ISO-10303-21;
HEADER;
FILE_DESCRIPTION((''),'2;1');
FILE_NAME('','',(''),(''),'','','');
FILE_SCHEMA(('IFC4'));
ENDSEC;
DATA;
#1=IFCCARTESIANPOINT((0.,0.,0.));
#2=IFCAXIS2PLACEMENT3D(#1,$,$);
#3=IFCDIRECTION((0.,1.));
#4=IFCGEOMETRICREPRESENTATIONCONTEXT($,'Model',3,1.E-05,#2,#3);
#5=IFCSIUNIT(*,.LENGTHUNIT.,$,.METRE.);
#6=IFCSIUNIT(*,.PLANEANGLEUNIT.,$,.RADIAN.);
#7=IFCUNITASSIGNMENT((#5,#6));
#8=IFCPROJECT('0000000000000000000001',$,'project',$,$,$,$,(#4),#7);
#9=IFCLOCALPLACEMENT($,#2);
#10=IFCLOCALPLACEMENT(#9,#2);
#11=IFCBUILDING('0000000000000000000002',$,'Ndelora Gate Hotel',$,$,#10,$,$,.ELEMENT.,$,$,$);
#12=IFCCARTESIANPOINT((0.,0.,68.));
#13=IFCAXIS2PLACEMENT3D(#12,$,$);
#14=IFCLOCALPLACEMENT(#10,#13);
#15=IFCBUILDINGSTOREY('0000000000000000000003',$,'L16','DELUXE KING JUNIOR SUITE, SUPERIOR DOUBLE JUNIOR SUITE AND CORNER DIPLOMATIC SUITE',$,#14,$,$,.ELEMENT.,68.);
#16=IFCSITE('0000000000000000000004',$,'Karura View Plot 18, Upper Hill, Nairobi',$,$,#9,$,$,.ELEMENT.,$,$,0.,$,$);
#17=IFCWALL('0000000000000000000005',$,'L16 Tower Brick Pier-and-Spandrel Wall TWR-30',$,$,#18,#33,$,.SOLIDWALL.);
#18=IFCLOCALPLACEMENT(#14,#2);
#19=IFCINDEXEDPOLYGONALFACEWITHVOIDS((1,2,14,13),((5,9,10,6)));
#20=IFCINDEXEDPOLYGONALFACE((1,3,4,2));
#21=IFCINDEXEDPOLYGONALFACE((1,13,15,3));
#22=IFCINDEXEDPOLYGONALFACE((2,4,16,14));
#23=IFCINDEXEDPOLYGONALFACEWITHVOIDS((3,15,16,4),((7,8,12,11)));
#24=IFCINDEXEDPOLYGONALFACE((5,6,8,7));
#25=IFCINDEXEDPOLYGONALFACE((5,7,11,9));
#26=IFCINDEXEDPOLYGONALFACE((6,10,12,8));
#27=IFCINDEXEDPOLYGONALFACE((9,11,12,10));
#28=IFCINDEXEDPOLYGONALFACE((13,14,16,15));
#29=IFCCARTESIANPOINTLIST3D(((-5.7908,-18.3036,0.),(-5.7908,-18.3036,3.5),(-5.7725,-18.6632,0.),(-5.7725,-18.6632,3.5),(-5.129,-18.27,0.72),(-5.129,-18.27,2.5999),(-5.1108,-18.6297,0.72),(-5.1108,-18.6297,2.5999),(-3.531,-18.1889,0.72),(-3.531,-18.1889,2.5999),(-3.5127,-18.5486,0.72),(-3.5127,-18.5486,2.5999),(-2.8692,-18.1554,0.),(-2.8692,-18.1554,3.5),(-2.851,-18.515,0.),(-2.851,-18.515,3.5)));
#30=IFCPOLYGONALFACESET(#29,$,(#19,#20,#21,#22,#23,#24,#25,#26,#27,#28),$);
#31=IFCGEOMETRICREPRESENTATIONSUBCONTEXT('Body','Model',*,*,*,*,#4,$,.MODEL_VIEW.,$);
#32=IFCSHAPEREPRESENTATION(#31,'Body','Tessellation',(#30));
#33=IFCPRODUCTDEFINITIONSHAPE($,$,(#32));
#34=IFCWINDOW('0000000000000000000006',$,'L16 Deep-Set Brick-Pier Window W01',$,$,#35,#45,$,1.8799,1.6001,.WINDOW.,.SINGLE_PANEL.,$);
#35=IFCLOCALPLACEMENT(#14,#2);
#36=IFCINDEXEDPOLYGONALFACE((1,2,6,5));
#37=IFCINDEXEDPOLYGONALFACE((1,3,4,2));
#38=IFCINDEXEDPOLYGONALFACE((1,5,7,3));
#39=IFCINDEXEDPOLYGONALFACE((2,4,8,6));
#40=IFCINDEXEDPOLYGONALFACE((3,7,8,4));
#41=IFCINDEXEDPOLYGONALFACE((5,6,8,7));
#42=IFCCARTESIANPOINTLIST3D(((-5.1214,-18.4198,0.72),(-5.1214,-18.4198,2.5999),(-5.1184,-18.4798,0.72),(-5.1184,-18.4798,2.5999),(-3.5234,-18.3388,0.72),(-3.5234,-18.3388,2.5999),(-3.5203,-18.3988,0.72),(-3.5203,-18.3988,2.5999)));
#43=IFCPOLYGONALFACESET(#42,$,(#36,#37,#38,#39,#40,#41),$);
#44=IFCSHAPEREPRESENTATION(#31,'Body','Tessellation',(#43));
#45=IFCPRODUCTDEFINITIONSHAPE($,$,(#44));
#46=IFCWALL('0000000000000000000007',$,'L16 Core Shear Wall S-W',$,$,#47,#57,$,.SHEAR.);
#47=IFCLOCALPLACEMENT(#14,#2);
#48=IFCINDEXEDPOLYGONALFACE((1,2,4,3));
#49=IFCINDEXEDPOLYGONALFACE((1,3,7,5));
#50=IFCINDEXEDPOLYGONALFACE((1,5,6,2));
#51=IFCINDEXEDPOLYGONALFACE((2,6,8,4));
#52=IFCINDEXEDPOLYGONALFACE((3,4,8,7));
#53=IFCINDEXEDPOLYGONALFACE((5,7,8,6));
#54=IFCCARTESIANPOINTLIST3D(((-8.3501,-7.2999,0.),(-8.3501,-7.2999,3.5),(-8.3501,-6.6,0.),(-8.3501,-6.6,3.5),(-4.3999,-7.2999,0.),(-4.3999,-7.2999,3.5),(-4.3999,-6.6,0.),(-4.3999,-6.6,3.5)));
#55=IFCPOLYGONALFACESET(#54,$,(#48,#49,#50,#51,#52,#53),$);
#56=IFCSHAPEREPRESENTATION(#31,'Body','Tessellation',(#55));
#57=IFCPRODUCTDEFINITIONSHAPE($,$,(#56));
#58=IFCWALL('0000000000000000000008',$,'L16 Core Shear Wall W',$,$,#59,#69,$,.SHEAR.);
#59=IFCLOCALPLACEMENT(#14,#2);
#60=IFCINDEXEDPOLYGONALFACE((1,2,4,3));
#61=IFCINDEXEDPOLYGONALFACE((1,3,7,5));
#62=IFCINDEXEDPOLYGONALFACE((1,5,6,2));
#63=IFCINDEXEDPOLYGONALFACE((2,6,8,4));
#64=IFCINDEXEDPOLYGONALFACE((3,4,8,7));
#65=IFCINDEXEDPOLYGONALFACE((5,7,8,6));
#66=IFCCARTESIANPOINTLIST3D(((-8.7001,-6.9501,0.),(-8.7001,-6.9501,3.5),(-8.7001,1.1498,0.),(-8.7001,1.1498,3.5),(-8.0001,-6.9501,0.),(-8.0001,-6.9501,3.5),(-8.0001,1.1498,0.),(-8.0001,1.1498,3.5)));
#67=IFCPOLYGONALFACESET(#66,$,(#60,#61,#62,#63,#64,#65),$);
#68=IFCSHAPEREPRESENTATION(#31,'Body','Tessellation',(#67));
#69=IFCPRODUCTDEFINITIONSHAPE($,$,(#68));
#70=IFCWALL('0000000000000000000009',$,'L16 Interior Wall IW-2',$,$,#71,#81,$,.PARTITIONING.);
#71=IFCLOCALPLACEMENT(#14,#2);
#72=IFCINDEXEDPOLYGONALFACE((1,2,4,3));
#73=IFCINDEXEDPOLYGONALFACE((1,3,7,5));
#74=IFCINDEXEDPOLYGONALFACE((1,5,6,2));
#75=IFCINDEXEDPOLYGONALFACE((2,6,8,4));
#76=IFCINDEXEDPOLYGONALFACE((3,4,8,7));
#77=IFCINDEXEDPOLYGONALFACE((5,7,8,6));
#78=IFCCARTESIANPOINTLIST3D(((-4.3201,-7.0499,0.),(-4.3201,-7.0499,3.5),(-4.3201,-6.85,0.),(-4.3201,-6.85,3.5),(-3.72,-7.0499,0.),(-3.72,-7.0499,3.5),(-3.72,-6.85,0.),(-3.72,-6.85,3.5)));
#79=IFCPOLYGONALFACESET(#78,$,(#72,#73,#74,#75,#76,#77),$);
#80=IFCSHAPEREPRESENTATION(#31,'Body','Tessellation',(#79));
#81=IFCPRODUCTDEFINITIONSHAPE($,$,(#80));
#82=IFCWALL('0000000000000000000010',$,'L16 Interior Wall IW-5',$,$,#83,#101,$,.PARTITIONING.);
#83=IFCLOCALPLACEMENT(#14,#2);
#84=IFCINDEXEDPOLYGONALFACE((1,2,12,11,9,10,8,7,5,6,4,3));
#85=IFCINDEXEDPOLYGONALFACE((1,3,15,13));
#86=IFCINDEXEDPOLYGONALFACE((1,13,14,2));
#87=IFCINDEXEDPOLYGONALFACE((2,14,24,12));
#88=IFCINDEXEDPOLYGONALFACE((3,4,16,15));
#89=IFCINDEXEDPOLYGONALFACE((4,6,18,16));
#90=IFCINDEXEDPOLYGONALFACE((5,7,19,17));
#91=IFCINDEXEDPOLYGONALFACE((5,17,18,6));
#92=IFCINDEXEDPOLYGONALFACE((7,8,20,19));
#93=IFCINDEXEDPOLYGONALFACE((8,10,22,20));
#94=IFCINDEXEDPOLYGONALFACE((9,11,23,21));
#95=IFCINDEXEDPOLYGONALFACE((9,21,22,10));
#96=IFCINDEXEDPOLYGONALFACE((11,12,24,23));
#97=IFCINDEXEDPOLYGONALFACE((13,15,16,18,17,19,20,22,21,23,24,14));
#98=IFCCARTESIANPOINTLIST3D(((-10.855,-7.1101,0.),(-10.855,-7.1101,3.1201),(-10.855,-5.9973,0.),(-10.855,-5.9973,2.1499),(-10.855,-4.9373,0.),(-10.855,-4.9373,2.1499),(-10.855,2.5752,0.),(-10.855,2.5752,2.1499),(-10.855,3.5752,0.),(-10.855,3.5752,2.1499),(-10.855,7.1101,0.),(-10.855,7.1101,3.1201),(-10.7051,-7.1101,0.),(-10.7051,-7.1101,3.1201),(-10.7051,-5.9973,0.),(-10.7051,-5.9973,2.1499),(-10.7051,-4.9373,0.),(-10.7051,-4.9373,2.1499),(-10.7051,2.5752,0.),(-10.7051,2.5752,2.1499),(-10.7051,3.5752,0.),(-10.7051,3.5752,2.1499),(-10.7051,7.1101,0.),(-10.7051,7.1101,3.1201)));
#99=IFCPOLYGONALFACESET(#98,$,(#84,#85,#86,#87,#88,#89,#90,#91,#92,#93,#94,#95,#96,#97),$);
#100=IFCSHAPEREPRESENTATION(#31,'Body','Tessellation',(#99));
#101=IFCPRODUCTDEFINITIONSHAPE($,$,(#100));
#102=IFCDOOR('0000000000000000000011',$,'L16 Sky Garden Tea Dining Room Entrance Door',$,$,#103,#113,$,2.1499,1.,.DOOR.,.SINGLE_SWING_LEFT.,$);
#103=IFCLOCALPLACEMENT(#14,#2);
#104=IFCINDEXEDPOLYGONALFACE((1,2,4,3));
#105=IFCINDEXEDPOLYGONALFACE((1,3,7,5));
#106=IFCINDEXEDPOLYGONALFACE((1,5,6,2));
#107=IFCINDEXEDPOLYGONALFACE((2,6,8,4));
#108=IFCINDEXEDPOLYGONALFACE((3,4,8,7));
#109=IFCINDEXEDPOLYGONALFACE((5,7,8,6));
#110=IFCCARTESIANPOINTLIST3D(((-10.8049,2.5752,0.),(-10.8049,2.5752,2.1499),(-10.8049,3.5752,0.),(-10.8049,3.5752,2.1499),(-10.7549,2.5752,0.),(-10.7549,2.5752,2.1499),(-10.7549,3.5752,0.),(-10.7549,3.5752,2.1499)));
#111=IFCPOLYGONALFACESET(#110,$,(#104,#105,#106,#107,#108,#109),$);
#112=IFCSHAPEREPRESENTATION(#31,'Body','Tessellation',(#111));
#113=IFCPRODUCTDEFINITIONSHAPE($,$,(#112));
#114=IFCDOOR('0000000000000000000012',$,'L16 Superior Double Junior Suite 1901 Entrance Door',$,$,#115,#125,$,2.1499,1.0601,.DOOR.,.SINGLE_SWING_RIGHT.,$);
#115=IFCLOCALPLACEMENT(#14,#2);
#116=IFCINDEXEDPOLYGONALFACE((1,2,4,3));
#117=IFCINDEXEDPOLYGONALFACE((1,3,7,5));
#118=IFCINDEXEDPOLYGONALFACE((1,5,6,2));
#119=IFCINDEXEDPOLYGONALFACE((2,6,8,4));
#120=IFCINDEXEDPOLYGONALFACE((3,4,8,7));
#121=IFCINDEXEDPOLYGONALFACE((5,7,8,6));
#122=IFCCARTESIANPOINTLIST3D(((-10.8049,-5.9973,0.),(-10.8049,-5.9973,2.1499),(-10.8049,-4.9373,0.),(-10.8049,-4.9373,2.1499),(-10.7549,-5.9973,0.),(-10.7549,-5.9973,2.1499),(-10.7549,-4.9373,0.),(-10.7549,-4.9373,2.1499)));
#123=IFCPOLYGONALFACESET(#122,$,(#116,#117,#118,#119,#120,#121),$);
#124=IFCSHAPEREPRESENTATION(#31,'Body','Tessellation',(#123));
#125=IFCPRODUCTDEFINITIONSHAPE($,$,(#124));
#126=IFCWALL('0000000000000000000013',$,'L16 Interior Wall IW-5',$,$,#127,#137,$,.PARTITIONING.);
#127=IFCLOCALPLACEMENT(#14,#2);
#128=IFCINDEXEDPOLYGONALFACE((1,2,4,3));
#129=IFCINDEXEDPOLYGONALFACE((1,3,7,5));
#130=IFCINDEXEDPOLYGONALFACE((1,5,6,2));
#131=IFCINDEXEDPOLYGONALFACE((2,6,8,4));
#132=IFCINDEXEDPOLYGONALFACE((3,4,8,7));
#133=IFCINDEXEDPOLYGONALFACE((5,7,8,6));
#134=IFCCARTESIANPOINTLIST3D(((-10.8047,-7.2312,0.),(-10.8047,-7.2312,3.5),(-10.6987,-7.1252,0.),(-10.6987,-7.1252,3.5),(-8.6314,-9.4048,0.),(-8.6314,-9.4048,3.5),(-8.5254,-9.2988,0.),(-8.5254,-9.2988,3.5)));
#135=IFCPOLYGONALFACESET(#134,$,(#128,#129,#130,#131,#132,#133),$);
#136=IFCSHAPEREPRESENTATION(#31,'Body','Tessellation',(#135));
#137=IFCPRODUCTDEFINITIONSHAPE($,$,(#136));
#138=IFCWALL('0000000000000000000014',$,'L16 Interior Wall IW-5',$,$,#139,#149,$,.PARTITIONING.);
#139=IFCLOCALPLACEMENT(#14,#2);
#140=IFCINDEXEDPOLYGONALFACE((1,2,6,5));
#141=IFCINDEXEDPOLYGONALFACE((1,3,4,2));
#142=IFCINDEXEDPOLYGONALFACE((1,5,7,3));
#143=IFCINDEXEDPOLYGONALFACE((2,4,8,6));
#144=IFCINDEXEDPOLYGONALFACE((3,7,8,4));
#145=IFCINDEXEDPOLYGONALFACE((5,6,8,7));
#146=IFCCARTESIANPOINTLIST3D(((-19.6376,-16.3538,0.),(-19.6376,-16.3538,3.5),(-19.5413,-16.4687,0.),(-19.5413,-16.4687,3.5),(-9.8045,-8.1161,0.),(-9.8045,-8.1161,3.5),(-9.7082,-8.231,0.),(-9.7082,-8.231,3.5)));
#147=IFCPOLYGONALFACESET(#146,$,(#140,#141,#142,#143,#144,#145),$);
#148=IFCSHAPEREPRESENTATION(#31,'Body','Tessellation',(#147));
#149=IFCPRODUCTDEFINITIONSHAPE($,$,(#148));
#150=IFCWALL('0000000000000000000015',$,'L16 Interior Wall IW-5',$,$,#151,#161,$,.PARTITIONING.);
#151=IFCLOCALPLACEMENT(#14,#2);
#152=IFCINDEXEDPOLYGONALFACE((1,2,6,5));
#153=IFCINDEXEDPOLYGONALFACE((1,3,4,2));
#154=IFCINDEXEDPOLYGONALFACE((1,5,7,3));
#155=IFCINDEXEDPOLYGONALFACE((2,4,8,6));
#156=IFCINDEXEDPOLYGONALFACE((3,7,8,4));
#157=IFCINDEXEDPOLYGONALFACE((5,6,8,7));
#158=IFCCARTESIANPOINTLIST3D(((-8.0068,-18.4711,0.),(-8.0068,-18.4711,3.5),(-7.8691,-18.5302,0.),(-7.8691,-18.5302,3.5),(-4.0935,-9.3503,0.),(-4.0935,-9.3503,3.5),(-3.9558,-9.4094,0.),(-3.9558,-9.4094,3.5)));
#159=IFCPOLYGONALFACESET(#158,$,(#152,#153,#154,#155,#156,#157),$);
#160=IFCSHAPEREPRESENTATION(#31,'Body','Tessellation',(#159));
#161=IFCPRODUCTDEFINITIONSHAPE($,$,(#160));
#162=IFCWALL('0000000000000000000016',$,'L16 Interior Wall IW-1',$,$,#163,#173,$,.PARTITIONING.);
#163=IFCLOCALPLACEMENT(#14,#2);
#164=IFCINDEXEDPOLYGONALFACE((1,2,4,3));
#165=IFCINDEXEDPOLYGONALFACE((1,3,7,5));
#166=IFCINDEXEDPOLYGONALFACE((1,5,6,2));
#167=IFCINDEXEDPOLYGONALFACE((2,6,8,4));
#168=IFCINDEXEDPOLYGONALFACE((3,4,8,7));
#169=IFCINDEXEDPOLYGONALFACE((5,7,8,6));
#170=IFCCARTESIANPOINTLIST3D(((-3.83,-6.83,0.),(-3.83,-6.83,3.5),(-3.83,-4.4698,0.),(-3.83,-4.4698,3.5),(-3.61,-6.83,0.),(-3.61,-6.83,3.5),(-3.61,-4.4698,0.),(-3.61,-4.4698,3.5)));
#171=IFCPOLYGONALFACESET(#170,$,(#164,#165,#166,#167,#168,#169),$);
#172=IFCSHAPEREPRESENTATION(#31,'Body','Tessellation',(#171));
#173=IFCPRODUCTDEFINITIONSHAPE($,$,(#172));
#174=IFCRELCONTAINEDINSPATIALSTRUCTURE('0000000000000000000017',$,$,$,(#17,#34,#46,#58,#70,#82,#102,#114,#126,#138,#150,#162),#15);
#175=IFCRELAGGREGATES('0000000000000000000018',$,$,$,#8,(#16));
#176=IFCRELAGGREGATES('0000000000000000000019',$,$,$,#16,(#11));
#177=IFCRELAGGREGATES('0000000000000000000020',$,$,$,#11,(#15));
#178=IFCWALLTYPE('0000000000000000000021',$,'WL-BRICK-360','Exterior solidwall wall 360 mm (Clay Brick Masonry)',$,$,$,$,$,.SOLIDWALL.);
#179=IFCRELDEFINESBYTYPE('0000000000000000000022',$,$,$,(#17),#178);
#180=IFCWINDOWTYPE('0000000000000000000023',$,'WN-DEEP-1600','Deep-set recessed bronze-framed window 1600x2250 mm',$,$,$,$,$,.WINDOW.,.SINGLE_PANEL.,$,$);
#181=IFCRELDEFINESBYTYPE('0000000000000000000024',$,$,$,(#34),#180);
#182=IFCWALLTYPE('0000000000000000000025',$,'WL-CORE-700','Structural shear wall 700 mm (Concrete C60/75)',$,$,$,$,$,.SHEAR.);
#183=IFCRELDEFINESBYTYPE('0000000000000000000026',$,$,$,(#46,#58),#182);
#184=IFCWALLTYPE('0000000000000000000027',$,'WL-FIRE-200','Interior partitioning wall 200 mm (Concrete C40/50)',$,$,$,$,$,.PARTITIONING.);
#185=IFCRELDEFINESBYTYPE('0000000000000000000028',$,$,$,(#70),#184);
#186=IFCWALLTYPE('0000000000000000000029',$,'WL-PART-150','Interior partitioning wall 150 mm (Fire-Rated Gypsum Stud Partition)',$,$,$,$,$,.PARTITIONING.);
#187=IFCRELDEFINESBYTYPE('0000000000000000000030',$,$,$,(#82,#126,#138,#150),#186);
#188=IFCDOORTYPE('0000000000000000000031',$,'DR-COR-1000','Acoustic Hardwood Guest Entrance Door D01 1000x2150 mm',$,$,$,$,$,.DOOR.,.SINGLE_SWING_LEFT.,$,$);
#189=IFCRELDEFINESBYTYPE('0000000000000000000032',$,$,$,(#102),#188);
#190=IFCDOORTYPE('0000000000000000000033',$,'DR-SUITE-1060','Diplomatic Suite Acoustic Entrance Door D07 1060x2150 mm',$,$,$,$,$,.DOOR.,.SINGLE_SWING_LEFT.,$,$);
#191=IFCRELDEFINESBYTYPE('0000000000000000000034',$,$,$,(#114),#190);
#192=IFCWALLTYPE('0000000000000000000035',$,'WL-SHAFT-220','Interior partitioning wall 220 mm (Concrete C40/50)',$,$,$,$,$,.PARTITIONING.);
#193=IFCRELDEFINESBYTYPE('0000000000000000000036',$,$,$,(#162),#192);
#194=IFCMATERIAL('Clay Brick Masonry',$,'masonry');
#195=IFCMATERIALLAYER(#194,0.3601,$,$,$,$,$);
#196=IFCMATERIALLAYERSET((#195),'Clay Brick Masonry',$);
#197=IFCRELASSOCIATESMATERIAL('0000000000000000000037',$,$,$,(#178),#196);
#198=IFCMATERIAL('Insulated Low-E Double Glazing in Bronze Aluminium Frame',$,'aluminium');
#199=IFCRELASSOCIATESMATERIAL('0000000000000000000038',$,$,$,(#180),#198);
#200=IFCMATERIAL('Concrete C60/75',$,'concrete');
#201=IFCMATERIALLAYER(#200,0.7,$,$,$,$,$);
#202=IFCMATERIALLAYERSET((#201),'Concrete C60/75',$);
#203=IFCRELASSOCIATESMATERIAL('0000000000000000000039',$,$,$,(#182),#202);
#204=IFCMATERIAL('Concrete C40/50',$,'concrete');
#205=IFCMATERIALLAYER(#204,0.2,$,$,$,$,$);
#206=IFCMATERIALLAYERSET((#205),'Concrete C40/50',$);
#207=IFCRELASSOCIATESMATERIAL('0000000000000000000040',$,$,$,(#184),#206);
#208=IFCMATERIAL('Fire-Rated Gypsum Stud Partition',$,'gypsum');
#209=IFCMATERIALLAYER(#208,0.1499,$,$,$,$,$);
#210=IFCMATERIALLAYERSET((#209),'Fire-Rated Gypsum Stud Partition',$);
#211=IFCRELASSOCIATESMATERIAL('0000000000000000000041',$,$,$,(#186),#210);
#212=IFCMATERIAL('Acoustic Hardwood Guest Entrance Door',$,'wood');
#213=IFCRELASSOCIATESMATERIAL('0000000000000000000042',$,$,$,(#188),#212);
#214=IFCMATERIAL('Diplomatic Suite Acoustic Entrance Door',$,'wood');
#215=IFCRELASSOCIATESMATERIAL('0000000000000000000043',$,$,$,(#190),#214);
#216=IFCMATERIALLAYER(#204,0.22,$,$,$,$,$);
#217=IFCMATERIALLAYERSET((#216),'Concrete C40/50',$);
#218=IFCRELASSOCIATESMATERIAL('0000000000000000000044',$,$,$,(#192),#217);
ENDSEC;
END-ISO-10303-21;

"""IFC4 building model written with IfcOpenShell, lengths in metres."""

from ifc_helpers import new_model, si_unit, direction, frame, frame_2d, origin, place, context, subcontext, project, spatial, rectangle, extrude, material, layer, layer_set, type_object, element, fill, save


model = new_model("IFC4")

# Units and contexts
model_context = context("Model", 3, precision=1e-05, world=origin(), true_north=direction((0.0, 1.0)))
body_context = subcontext(model_context, "Body", "Model", "MODEL_VIEW")
ifc_project = project(units=[si_unit("LENGTHUNIT", "METRE"), si_unit("PLANEANGLEUNIT", "RADIAN")], contexts=[model_context])

# Site, building, storey
site_placement = place(None, origin())
site = spatial("IfcSite", under=ifc_project, at=site_placement, Name="Karura View Plot 18, Upper Hill, Nairobi", CompositionType="ELEMENT", RefElevation=0.0)
building_placement = place(site_placement, origin())
building = spatial("IfcBuilding", under=site, at=building_placement, Name="Ndelora Gate Hotel", CompositionType="ELEMENT")
storey_placement = place(building_placement, frame((0.0, 0.0, 68.0)))
storey = spatial("IfcBuildingStorey", under=building, at=storey_placement, Name="L16", Description="DELUXE KING JUNIOR SUITE, SUPERIOR DOUBLE JUNIOR SUITE AND CORNER DIPLOMATIC SUITE", CompositionType="ELEMENT", Elevation=68.0)

# Shared definitions
ifc_material_1 = material(Name="Concrete C60/75", Category="concrete")

# Wall, opening, window
ifc_material_2 = material(Name="Clay Brick Masonry", Category="masonry")
ifc_layer_1 = layer(ifc_material_2, 0.3601)
ifc_layer_set_1 = layer_set([ifc_layer_1], Name="Clay Brick Masonry")
wall_type_1 = type_object("IfcWallType", Name="WL-BRICK-360", Description="Exterior solidwall wall 360 mm (Clay Brick Masonry)", PredefinedType="SOLIDWALL", material=ifc_layer_set_1)
ifc_material_3 = material(Name="Insulated Low-E Double Glazing in Bronze Aluminium Frame", Category="aluminium")
window_type_1 = type_object("IfcWindowType", Name="WN-DEEP-1600", Description="Deep-set recessed bronze-framed window 1600x2250 mm", PartitioningType="SINGLE_PANEL", PredefinedType="WINDOW", material=ifc_material_3)
wall_1_placement = place(storey_placement, frame((-2.8601, -18.3352, 0.0), z_axis=(0.0, 0.0, 1.0), x_axis=(-0.998716, -0.050658, 0.0)))
wall_1 = element("IfcWall", 1, at=wall_1_placement, inside=storey, type_object=wall_type_1, Name="L16 Tower Brick Pier-and-Spandrel Wall TWR-30", PredefinedType="SOLIDWALL", context=body_context, shape_type="SweptSolid", body=[
    extrude(rectangle(XDim=2.9253, YDim=0.3601, at=frame_2d((1.4626, 0.0))), origin(), (0.0, 0.0, 1.0), 3.5),
])
opening_1_placement = place(wall_1_placement, frame((0.6626, 0.0, 0.72)))
opening_1 = element("IfcOpeningElement", 2, at=opening_1_placement, cuts=wall_1, PredefinedType="OPENING", context=body_context, shape_type="SweptSolid", body=[
    extrude(rectangle(XDim=1.6001, YDim=1.8799, at=frame_2d((0.8, 0.9399))), frame((0.0, 0.1899, 0.0), z_axis=(0.0, -1.0, 0.0), x_axis=(1.0, 0.0, 0.0)), (0.0, 0.0, 1.0), 0.3801),
])
window_1_placement = place(opening_1_placement, origin())
window_1 = element("IfcWindow", 3, at=window_1_placement, inside=storey, type_object=window_type_1, Name="L16 Deep-Set Brick-Pier Window W01", OverallHeight=1.8799, OverallWidth=1.6001, PartitioningType="SINGLE_PANEL", PredefinedType="WINDOW", context=body_context, shape_type="SweptSolid", body=[
    extrude(rectangle(XDim=1.6001, YDim=1.8799, at=frame_2d((0.8, 0.9399))), frame((0.0, 0.03, 0.0), z_axis=(0.0, -1.0, 0.0), x_axis=(1.0, 0.0, 0.0)), (0.0, 0.0, 1.0), 0.0601),
])
fill(opening_1, window_1)

# Walls
ifc_layer_2 = layer(ifc_material_1, 0.7)
ifc_layer_set_2 = layer_set([ifc_layer_2], Name="Concrete C60/75")
wall_type_2 = type_object("IfcWallType", Name="WL-CORE-700", Description="Structural shear wall 700 mm (Concrete C60/75)", PredefinedType="SHEAR", material=ifc_layer_set_2)
wall_2_placement = place(storey_placement, frame((-8.3501, -6.95, 0.0), z_axis=(0.0, 0.0, 1.0), x_axis=(1.0, 0.0, 0.0)))
element("IfcWall", 4, at=wall_2_placement, inside=storey, type_object=wall_type_2, Name="L16 Core Shear Wall S-W", PredefinedType="SHEAR", context=body_context, shape_type="SweptSolid", body=[
    extrude(rectangle(XDim=3.9502, YDim=0.7, at=frame_2d((1.9751, 0.0))), origin(), (0.0, 0.0, 1.0), 3.5),
])
wall_3_placement = place(storey_placement, frame((-8.3501, -6.95, 0.0), z_axis=(0.0, 0.0, 1.0), x_axis=(0.0, 1.0, 0.0)))
element("IfcWall", 5, at=wall_3_placement, inside=storey, type_object=wall_type_2, Name="L16 Core Shear Wall W", PredefinedType="SHEAR", context=body_context, shape_type="SweptSolid", body=[
    extrude(rectangle(XDim=8.0999, YDim=0.7, at=frame_2d((4.0498, 0.0))), origin(), (0.0, 0.0, 1.0), 3.5),
])
ifc_material_4 = material(Name="Concrete C40/50", Category="concrete")
ifc_layer_3 = layer(ifc_material_4, 0.2)
ifc_layer_set_3 = layer_set([ifc_layer_3], Name="Concrete C40/50")
wall_type_3 = type_object("IfcWallType", Name="WL-FIRE-200", Description="Interior partitioning wall 200 mm (Concrete C40/50)", PredefinedType="PARTITIONING", material=ifc_layer_set_3)
wall_4_placement = place(storey_placement, frame((-4.3201, -6.95, 0.0), z_axis=(0.0, 0.0, 1.0), x_axis=(1.0, 0.0, 0.0)))
element("IfcWall", 6, at=wall_4_placement, inside=storey, type_object=wall_type_3, Name="L16 Interior Wall IW-2", PredefinedType="PARTITIONING", context=body_context, shape_type="SweptSolid", body=[
    extrude(rectangle(XDim=0.6001, YDim=0.2, at=frame_2d((0.3, 0.0))), origin(), (0.0, 0.0, 1.0), 3.5),
])

# Wall, openings, doors
ifc_material_5 = material(Name="Fire-Rated Gypsum Stud Partition", Category="gypsum")
ifc_layer_4 = layer(ifc_material_5, 0.1499)
ifc_layer_set_4 = layer_set([ifc_layer_4], Name="Fire-Rated Gypsum Stud Partition")
wall_type_4 = type_object("IfcWallType", Name="WL-PART-150", Description="Interior partitioning wall 150 mm (Fire-Rated Gypsum Stud Partition)", PredefinedType="PARTITIONING", material=ifc_layer_set_4)
wall_5_placement = place(storey_placement, frame((-10.78, -7.1101, 0.0), z_axis=(0.0, 0.0, 1.0), x_axis=(0.0, 1.0, 0.0)))
wall_5 = element("IfcWall", 7, at=wall_5_placement, inside=storey, type_object=wall_type_4, Name="L16 Interior Wall IW-5", PredefinedType="PARTITIONING", context=body_context, shape_type="SweptSolid", body=[
    extrude(rectangle(XDim=14.2202, YDim=0.1499, at=frame_2d((7.1101, 0.0))), origin(), (0.0, 0.0, 1.0), 3.1201),
])
opening_2_placement = place(wall_5_placement, frame((9.6853, 0.0, 0.0)))
opening_2 = element("IfcOpeningElement", 8, at=opening_2_placement, cuts=wall_5, PredefinedType="OPENING", context=body_context, shape_type="SweptSolid", body=[
    extrude(rectangle(XDim=1.0, YDim=2.1499, at=frame_2d((0.5, 1.075))), frame((0.0, 0.085, 0.0), z_axis=(0.0, -1.0, 0.0), x_axis=(1.0, 0.0, 0.0)), (0.0, 0.0, 1.0), 0.1699),
])
opening_3_placement = place(wall_5_placement, frame((1.1128, 0.0, 0.0)))
opening_3 = element("IfcOpeningElement", 9, at=opening_3_placement, cuts=wall_5, PredefinedType="OPENING", context=body_context, shape_type="SweptSolid", body=[
    extrude(rectangle(XDim=1.0601, YDim=2.1499, at=frame_2d((0.53, 1.075))), frame((0.0, 0.085, 0.0), z_axis=(0.0, -1.0, 0.0), x_axis=(1.0, 0.0, 0.0)), (0.0, 0.0, 1.0), 0.1699),
])
ifc_material_6 = material(Name="Acoustic Hardwood Guest Entrance Door", Category="wood")
door_type_1 = type_object("IfcDoorType", Name="DR-COR-1000", Description="Acoustic Hardwood Guest Entrance Door D01 1000x2150 mm", OperationType="SINGLE_SWING_LEFT", PredefinedType="DOOR", material=ifc_material_6)
door_1_placement = place(opening_2_placement, origin())
door_1 = element("IfcDoor", 10, at=door_1_placement, inside=storey, type_object=door_type_1, Name="L16 Sky Garden Tea Dining Room Entrance Door", OperationType="SINGLE_SWING_LEFT", OverallHeight=2.1499, OverallWidth=1.0, PredefinedType="DOOR", context=body_context, shape_type="SweptSolid", body=[
    extrude(rectangle(XDim=1.0, YDim=2.1499, at=frame_2d((0.5, 1.075))), frame((0.0, 0.0249, 0.0), z_axis=(0.0, -1.0, 0.0), x_axis=(1.0, 0.0, 0.0)), (0.0, 0.0, 1.0), 0.05),
])
fill(opening_2, door_1)
ifc_material_7 = material(Name="Diplomatic Suite Acoustic Entrance Door", Category="wood")
door_type_2 = type_object("IfcDoorType", Name="DR-SUITE-1060", Description="Diplomatic Suite Acoustic Entrance Door D07 1060x2150 mm", OperationType="SINGLE_SWING_LEFT", PredefinedType="DOOR", material=ifc_material_7)
door_2_placement = place(opening_3_placement, origin())
door_2 = element("IfcDoor", 11, at=door_2_placement, inside=storey, type_object=door_type_2, Name="L16 Superior Double Junior Suite 1901 Entrance Door", OperationType="SINGLE_SWING_RIGHT", OverallHeight=2.1499, OverallWidth=1.0601, PredefinedType="DOOR", context=body_context, shape_type="SweptSolid", body=[
    extrude(rectangle(XDim=1.0601, YDim=2.1499, at=frame_2d((0.53, 1.075))), frame((0.0, 0.0249, 0.0), z_axis=(0.0, -1.0, 0.0), x_axis=(1.0, 0.0, 0.0)), (0.0, 0.0, 1.0), 0.05),
])
fill(opening_3, door_2)

# Walls
wall_6_placement = place(storey_placement, frame((-8.5784, -9.3518, 0.0), z_axis=(0.0, 0.0, 1.0), x_axis=(-0.707067, 0.707146, 0.0)))
element("IfcWall", 12, at=wall_6_placement, inside=storey, type_object=wall_type_4, Name="L16 Interior Wall IW-5", PredefinedType="PARTITIONING", context=body_context, shape_type="SweptSolid", body=[
    extrude(rectangle(XDim=3.0737, YDim=0.1499, at=frame_2d((1.5369, 0.0))), origin(), (0.0, 0.0, 1.0), 3.5),
])
wall_7_placement = place(storey_placement, frame((-9.7563, -8.1736, 0.0), z_axis=(0.0, 0.0, 1.0), x_axis=(-0.766556, -0.642178, 0.0)))
element("IfcWall", 13, at=wall_7_placement, inside=storey, type_object=wall_type_4, Name="L16 Interior Wall IW-5", PredefinedType="PARTITIONING", context=body_context, shape_type="SweptSolid", body=[
    extrude(rectangle(XDim=12.8276, YDim=0.1499, at=frame_2d((6.4138, 0.0))), origin(), (0.0, 0.0, 1.0), 3.5),
])
wall_8_placement = place(storey_placement, frame((-4.0247, -9.3799, 0.0), z_axis=(0.0, 0.0, 1.0), x_axis=(-0.394293, -0.918985, 0.0)))
element("IfcWall", 14, at=wall_8_placement, inside=storey, type_object=wall_type_4, Name="L16 Interior Wall IW-5", PredefinedType="PARTITIONING", context=body_context, shape_type="SweptSolid", body=[
    extrude(rectangle(XDim=9.9248, YDim=0.1499, at=frame_2d((4.9624, 0.0))), origin(), (0.0, 0.0, 1.0), 3.5),
])
ifc_layer_5 = layer(ifc_material_4, 0.22)
ifc_layer_set_5 = layer_set([ifc_layer_5], Name="Concrete C40/50")
wall_type_5 = type_object("IfcWallType", Name="WL-SHAFT-220", Description="Interior partitioning wall 220 mm (Concrete C40/50)", PredefinedType="PARTITIONING", material=ifc_layer_set_5)
wall_9_placement = place(storey_placement, frame((-3.72, -6.8301, 0.0), z_axis=(0.0, 0.0, 1.0), x_axis=(0.0, 1.0, 0.0)))
element("IfcWall", 15, at=wall_9_placement, inside=storey, type_object=wall_type_5, Name="L16 Interior Wall IW-1", PredefinedType="PARTITIONING", context=body_context, shape_type="SweptSolid", body=[
    extrude(rectangle(XDim=2.3601, YDim=0.22, at=frame_2d((1.1802, 0.0))), origin(), (0.0, 0.0, 1.0), 3.5),
])

save(model, "model.ifc")
